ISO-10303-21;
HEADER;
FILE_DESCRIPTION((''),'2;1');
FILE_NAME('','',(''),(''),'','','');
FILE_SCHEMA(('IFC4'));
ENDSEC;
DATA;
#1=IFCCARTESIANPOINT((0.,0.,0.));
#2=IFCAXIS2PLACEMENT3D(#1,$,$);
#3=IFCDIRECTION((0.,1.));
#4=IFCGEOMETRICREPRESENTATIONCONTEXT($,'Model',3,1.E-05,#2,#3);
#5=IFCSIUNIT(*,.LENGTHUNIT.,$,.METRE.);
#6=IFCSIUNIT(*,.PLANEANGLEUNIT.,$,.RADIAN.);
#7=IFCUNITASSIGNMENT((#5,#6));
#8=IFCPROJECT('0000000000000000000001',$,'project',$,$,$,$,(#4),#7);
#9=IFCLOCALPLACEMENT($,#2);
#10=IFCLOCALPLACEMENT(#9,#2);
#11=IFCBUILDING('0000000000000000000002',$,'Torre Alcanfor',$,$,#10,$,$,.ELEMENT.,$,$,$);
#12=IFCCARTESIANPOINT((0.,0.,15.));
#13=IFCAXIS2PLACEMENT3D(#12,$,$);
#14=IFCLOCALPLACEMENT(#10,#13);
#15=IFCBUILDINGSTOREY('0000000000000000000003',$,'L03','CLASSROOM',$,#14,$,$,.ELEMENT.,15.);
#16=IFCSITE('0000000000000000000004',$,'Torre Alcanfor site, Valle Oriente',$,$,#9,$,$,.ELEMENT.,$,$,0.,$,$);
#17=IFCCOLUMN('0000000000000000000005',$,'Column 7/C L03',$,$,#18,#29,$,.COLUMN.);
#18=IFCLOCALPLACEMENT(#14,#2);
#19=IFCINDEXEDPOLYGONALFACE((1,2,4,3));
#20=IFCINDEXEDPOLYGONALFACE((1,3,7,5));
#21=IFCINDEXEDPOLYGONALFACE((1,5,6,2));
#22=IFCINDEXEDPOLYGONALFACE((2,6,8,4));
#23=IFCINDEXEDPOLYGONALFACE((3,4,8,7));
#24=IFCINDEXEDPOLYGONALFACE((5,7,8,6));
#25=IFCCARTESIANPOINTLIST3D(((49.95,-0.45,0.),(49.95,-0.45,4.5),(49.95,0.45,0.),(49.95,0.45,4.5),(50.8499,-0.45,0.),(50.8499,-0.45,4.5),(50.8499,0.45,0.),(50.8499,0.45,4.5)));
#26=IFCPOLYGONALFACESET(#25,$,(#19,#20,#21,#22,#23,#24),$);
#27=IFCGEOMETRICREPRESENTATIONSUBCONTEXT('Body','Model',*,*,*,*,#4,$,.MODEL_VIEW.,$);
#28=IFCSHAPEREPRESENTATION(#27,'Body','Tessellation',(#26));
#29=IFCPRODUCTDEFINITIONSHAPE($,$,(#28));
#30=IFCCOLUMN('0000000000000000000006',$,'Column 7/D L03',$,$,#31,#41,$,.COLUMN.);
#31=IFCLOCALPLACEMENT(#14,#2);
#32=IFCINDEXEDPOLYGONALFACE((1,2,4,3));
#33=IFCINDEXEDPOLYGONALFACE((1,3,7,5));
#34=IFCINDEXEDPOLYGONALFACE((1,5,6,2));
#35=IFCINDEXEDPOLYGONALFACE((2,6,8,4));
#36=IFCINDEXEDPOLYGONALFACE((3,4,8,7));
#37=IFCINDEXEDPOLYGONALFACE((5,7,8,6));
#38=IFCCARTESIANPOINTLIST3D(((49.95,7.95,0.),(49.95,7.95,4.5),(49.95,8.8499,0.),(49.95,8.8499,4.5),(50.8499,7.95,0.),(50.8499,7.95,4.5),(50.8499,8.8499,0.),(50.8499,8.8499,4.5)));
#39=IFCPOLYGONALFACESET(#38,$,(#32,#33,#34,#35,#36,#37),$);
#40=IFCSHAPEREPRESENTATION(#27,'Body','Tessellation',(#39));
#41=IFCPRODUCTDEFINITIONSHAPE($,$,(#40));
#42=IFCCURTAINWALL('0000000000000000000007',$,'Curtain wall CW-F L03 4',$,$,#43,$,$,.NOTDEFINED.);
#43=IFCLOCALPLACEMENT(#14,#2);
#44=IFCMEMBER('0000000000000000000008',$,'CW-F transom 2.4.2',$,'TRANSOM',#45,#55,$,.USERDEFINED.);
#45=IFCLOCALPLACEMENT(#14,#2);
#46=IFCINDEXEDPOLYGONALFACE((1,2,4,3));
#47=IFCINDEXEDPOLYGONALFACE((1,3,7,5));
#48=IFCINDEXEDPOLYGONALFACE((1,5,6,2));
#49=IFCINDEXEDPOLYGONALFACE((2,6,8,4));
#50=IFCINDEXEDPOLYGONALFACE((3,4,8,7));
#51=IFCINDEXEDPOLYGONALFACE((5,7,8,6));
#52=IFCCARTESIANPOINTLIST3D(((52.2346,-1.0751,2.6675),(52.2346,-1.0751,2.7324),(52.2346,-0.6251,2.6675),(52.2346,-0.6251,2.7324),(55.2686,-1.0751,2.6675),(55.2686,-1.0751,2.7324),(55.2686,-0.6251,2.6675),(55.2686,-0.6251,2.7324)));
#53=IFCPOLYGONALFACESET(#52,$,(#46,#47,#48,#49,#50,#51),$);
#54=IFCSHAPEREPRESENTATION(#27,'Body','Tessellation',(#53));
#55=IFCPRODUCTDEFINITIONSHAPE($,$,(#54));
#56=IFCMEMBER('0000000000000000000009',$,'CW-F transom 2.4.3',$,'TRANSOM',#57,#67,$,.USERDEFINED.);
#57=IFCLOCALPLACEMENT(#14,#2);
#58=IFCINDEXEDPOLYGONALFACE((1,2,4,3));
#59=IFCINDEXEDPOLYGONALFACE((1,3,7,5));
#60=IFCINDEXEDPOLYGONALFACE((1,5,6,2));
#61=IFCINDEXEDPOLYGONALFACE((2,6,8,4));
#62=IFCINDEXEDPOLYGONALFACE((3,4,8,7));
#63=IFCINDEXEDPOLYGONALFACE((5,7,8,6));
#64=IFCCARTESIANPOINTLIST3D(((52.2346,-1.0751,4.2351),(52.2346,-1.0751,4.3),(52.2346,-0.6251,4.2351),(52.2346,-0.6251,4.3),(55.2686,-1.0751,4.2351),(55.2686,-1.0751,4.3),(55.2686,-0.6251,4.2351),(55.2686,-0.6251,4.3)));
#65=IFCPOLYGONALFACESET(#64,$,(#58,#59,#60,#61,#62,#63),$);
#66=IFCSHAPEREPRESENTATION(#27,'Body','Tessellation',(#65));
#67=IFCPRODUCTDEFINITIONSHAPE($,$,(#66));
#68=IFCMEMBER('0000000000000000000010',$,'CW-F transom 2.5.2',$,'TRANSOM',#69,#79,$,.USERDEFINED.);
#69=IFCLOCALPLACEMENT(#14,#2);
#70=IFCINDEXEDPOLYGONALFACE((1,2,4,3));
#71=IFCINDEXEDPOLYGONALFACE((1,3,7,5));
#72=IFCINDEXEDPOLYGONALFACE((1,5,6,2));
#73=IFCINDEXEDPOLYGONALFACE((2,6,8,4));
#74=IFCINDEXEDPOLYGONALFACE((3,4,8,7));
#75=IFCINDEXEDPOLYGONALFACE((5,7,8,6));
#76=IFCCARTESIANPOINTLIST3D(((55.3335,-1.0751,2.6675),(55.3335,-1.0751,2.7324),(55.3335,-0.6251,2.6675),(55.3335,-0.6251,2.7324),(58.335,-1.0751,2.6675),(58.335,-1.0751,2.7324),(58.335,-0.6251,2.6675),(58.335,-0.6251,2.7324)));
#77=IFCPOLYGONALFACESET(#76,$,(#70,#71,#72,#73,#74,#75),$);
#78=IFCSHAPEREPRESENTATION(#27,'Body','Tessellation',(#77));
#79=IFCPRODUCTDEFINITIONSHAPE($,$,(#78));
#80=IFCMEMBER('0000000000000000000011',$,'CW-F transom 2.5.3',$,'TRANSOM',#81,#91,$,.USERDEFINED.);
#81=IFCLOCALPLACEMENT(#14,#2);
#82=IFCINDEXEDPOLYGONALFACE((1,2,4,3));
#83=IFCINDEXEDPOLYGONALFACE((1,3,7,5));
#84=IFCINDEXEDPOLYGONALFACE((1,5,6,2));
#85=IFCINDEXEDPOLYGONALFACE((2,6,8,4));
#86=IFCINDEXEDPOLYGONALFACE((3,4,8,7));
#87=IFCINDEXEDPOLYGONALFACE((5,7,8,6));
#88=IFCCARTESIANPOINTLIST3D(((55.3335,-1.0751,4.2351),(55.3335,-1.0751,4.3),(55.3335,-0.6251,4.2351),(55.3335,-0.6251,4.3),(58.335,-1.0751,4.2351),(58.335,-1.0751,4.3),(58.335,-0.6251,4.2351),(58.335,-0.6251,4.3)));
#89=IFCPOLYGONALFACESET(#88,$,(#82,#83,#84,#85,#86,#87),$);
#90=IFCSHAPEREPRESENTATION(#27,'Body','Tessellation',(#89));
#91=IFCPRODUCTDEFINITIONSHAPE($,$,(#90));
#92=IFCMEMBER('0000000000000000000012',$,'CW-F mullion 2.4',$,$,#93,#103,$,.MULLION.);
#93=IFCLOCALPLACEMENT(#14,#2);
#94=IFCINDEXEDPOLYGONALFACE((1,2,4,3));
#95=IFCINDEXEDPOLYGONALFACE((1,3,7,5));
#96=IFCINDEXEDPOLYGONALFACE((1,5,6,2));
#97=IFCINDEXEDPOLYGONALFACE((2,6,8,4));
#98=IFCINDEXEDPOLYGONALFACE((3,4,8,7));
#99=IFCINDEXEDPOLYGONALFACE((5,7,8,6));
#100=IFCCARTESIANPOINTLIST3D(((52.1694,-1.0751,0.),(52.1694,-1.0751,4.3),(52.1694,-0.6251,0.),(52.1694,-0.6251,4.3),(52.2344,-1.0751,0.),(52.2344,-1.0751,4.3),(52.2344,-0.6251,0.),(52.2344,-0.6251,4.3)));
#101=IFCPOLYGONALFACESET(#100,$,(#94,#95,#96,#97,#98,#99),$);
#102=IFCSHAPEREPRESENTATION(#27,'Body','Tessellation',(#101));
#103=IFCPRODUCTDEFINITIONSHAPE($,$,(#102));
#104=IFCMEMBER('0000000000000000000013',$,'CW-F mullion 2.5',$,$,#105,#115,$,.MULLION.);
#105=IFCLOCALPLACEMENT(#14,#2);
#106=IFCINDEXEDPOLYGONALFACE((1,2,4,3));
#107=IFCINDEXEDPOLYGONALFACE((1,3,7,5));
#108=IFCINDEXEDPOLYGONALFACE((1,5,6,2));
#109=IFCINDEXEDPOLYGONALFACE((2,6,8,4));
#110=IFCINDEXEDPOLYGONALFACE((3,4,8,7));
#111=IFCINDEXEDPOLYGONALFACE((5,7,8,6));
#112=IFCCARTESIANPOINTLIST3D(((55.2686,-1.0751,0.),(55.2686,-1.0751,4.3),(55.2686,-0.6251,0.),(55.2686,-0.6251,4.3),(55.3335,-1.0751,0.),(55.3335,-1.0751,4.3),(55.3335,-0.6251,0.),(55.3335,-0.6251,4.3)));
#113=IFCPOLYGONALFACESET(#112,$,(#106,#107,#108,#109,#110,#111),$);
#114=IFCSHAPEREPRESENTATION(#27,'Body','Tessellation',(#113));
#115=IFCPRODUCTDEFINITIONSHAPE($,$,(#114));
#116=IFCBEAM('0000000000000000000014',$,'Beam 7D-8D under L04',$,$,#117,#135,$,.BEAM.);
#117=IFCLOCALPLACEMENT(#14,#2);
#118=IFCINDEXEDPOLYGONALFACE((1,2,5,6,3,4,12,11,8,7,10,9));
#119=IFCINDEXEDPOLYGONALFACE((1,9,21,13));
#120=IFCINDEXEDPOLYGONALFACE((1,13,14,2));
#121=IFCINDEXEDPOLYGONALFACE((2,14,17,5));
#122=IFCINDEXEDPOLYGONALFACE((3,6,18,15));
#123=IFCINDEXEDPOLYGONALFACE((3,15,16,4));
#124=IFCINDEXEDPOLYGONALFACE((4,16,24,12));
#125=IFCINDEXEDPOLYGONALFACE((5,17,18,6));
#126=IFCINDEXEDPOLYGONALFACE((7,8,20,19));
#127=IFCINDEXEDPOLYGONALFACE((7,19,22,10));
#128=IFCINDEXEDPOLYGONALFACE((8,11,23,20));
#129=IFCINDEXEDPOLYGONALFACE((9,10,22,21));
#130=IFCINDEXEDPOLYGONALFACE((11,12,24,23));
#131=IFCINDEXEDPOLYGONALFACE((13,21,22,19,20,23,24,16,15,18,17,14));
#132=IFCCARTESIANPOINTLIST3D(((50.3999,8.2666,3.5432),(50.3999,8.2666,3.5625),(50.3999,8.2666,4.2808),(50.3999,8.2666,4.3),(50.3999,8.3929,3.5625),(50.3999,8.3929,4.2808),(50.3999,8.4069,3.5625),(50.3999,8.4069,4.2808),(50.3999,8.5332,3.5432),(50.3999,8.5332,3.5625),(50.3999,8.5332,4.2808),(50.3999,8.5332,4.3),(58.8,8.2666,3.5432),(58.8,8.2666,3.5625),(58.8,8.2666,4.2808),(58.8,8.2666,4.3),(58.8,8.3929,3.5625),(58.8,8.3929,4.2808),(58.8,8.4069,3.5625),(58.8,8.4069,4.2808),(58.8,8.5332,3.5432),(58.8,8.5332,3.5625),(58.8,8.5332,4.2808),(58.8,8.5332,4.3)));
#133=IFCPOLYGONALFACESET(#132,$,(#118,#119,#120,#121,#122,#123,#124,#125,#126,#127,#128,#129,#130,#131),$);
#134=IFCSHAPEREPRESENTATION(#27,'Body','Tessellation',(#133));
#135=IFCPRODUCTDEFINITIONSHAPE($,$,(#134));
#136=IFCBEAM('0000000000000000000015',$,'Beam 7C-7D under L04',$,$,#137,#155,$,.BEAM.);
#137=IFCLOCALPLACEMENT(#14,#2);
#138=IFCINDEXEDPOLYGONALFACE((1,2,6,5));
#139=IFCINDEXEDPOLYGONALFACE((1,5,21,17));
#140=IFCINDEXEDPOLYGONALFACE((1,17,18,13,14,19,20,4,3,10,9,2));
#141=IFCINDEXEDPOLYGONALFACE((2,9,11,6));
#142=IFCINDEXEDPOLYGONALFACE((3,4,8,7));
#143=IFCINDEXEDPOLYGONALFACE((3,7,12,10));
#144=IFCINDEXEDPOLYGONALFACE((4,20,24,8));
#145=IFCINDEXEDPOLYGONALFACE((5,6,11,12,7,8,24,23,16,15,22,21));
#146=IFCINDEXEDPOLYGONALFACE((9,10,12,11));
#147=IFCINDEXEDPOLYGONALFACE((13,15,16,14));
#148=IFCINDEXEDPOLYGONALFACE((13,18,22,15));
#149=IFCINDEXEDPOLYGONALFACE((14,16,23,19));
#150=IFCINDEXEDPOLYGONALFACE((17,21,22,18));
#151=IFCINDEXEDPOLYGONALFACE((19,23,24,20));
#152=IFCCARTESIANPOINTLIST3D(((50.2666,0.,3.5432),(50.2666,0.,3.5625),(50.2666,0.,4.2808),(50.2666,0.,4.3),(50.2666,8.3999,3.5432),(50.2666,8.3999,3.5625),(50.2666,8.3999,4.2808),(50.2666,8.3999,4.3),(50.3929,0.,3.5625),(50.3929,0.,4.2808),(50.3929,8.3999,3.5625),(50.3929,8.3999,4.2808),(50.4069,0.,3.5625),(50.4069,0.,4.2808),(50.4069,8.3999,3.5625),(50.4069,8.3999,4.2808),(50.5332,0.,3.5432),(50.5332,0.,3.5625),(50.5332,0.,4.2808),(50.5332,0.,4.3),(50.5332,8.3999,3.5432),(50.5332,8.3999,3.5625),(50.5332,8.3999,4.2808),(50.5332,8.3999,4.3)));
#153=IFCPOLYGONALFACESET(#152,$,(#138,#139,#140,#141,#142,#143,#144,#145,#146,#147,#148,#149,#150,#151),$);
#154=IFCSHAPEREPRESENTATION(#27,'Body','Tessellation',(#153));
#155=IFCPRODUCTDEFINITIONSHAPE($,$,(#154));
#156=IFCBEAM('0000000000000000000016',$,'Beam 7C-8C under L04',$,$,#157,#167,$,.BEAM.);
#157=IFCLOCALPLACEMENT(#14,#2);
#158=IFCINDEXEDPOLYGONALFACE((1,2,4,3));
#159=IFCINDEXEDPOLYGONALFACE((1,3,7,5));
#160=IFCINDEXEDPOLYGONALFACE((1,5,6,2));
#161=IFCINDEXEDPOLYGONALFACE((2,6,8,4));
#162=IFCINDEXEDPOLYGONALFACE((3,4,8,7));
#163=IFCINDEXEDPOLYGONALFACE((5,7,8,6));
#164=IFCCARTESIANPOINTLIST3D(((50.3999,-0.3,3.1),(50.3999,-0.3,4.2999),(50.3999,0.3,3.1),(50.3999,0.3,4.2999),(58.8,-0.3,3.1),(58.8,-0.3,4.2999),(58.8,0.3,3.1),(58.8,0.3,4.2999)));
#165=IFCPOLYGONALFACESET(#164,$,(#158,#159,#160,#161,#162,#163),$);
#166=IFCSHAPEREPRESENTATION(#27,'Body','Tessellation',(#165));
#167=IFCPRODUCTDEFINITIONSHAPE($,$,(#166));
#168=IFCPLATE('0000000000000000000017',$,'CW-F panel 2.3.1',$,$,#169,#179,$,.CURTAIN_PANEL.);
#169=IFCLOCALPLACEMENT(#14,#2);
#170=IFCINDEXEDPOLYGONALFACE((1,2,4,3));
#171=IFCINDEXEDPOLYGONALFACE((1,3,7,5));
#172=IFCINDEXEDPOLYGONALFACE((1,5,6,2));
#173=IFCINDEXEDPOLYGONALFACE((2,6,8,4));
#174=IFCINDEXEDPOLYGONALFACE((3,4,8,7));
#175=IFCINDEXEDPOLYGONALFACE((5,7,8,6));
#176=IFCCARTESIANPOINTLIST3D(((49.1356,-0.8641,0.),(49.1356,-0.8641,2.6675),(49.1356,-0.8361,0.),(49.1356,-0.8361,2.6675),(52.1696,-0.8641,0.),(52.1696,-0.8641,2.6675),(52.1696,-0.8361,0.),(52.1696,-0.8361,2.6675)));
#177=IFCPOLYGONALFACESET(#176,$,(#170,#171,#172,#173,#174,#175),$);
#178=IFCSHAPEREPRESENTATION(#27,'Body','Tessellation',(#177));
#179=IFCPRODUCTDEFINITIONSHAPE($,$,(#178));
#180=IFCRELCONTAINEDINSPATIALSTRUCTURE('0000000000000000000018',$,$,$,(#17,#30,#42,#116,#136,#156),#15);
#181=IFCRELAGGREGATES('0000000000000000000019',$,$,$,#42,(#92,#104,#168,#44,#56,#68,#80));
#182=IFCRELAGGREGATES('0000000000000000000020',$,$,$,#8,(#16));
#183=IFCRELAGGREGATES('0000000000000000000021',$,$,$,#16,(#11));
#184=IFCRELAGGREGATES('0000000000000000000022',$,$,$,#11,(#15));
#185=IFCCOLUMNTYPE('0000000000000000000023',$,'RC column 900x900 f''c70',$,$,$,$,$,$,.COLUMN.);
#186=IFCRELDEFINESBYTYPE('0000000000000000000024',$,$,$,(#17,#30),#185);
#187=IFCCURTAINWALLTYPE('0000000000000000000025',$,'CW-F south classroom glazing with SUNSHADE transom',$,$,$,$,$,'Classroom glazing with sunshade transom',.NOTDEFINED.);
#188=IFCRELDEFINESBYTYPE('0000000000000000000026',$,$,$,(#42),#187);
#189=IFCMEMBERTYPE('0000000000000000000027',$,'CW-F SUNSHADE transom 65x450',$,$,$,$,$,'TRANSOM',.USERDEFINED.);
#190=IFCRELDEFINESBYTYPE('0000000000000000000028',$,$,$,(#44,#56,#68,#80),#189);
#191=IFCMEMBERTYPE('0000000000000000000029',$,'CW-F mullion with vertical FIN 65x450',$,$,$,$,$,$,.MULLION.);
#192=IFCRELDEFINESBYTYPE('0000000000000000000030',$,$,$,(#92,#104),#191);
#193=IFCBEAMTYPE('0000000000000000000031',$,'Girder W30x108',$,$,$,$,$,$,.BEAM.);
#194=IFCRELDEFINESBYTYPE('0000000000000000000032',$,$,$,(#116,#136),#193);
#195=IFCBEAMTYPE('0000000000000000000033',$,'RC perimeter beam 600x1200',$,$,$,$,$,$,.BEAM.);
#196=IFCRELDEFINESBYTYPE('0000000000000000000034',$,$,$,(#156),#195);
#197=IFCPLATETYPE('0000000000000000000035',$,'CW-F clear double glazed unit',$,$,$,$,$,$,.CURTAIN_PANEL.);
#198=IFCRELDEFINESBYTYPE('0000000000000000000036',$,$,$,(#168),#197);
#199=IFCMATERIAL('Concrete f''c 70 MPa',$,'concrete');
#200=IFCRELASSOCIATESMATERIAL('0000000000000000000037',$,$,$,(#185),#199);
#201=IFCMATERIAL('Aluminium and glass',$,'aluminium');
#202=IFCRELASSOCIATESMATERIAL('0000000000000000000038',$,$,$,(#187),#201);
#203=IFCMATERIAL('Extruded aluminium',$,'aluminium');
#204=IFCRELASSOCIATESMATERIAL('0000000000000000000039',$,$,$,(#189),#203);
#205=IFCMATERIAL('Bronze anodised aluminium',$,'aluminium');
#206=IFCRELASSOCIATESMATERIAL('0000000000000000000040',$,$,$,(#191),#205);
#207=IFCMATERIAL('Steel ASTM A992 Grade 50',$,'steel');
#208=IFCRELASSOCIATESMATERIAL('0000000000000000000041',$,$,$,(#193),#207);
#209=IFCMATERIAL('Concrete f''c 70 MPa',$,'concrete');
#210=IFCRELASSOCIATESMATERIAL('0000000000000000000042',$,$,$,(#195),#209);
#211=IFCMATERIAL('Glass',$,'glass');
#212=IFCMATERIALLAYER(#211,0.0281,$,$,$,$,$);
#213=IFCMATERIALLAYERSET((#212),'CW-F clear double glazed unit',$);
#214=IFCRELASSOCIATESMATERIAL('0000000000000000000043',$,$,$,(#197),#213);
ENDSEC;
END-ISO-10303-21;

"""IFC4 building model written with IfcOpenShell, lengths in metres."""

from ifc_helpers import new_model, si_unit, direction, frame, origin, origin_2d, place, context, subcontext, project, spatial, rectangle, i_section, extrude, material, layer, layer_set, material_profile, profile_set, type_object, element, aggregate, save


model = new_model("IFC4")

# Units and contexts
model_context = context("Model", 3, precision=1e-05, world=origin(), true_north=direction((0.0, 1.0)))
body_context = subcontext(model_context, "Body", "Model", "MODEL_VIEW")
ifc_project = project(units=[si_unit("LENGTHUNIT", "METRE"), si_unit("PLANEANGLEUNIT", "RADIAN")], contexts=[model_context])

# Site, building, storey
site_placement = place(None, origin())
site = spatial("IfcSite", under=ifc_project, at=site_placement, Name="Torre Alcanfor site, Valle Oriente", CompositionType="ELEMENT", RefElevation=0.0)
building_placement = place(site_placement, origin())
building = spatial("IfcBuilding", under=site, at=building_placement, Name="Torre Alcanfor", CompositionType="ELEMENT")
storey_placement = place(building_placement, frame((0.0, 0.0, 15.0)))
storey = spatial("IfcBuildingStorey", under=building, at=storey_placement, Name="L03", Description="CLASSROOM", CompositionType="ELEMENT", Elevation=15.0)

# Columns
ifc_material_1 = material(Name="Concrete f'c 70 MPa", Category="concrete")
ifc_material_profile_1 = material_profile(ifc_material_1, rectangle(XDim=0.8999, YDim=0.8999, at=origin_2d()), Name="900x900")
ifc_profile_set_1 = profile_set([ifc_material_profile_1], Name="Concrete f'c 70 MPa")
column_type = type_object("IfcColumnType", Name="RC column 900x900 f'c70", PredefinedType="COLUMN", material=ifc_profile_set_1)
for number, where, z_axis, x_axis, name in (
    (1, (50.3999, 0.0, 0.0), (0.0, 0.0, 1.0), (1.0, 0.0, 0.0), "Column 7/C L03"),
    (2, (50.3999, 8.3999, 0.0), (0.0, 0.0, 1.0), (1.0, 0.0, 0.0), "Column 7/D L03"),
):
    element("IfcColumn", number, at=place(storey_placement, frame(where, z_axis=z_axis, x_axis=x_axis)), inside=storey, type_object=column_type, Name=name, PredefinedType="COLUMN", context=body_context, shape_type="SweptSolid", body=[
        extrude(rectangle(XDim=0.8999, YDim=0.8999, at=origin_2d()), origin(), (0.0, 0.0, 1.0), 4.5),
    ])

# Curtain wall, members
ifc_material_2 = material(Name="Aluminium and glass", Category="aluminium")
curtain_wall_type = type_object("IfcCurtainWallType", Name="CW-F south classroom glazing with SUNSHADE transom", ElementType="Classroom glazing with sunshade transom", PredefinedType="NOTDEFINED", material=ifc_material_2)
curtain_wall_placement = place(storey_placement, origin())
curtain_wall = element("IfcCurtainWall", 3, at=curtain_wall_placement, inside=storey, type_object=curtain_wall_type, Name="Curtain wall CW-F L03 4", PredefinedType="NOTDEFINED")
ifc_material_3 = material(Name="Extruded aluminium", Category="aluminium")
ifc_material_profile_2 = material_profile(ifc_material_3, rectangle(XDim=0.45, YDim=0.0649, at=origin_2d()), Name="CW-F transom 450x65")
ifc_profile_set_2 = profile_set([ifc_material_profile_2], Name="Extruded aluminium")
member_type_1 = type_object("IfcMemberType", Name="CW-F SUNSHADE transom 65x450", ElementType="TRANSOM", PredefinedType="USERDEFINED", material=ifc_profile_set_2)
member_1_placement = place(storey_placement, frame((52.2346, -0.8501, 2.7), z_axis=(1.0, 0.0, 0.0), x_axis=(0.0, 1.0, 0.0)))
member_1 = element("IfcMember", 4, at=member_1_placement, type_object=member_type_1, Name="CW-F transom 2.4.2", ObjectType="TRANSOM", PredefinedType="USERDEFINED", context=body_context, shape_type="SweptSolid", body=[
    extrude(rectangle(XDim=0.45, YDim=0.0649, at=origin_2d()), origin(), (0.0, 0.0, 1.0), 3.0339),
])
member_2_placement = place(storey_placement, frame((52.2346, -0.8501, 4.2676), z_axis=(1.0, 0.0, 0.0), x_axis=(0.0, 1.0, 0.0)))
member_2 = element("IfcMember", 5, at=member_2_placement, type_object=member_type_1, Name="CW-F transom 2.4.3", ObjectType="TRANSOM", PredefinedType="USERDEFINED", context=body_context, shape_type="SweptSolid", body=[
    extrude(rectangle(XDim=0.45, YDim=0.0649, at=origin_2d()), origin(), (0.0, 0.0, 1.0), 3.0339),
])
member_3_placement = place(storey_placement, frame((55.3335, -0.8501, 2.7), z_axis=(1.0, 0.0, 0.0), x_axis=(0.0, 1.0, 0.0)))
member_3 = element("IfcMember", 6, at=member_3_placement, type_object=member_type_1, Name="CW-F transom 2.5.2", ObjectType="TRANSOM", PredefinedType="USERDEFINED", context=body_context, shape_type="SweptSolid", body=[
    extrude(rectangle(XDim=0.45, YDim=0.0649, at=origin_2d()), origin(), (0.0, 0.0, 1.0), 3.0015),
])
member_4_placement = place(storey_placement, frame((55.3335, -0.8501, 4.2676), z_axis=(1.0, 0.0, 0.0), x_axis=(0.0, 1.0, 0.0)))
member_4 = element("IfcMember", 7, at=member_4_placement, type_object=member_type_1, Name="CW-F transom 2.5.3", ObjectType="TRANSOM", PredefinedType="USERDEFINED", context=body_context, shape_type="SweptSolid", body=[
    extrude(rectangle(XDim=0.45, YDim=0.0649, at=origin_2d()), origin(), (0.0, 0.0, 1.0), 3.0015),
])
ifc_material_4 = material(Name="Bronze anodised aluminium", Category="aluminium")
ifc_material_profile_3 = material_profile(ifc_material_4, rectangle(XDim=0.45, YDim=0.0649, at=origin_2d()), Name="CW-F mullion 65x450")
ifc_profile_set_3 = profile_set([ifc_material_profile_3], Name="Bronze anodised aluminium")
member_type_2 = type_object("IfcMemberType", Name="CW-F mullion with vertical FIN 65x450", PredefinedType="MULLION", material=ifc_profile_set_3)
member_5_placement = place(storey_placement, frame((52.2019, -0.8501, 0.0), z_axis=(0.0, 0.0, 1.0), x_axis=(0.0, 1.0, 0.0)))
member_5 = element("IfcMember", 8, at=member_5_placement, type_object=member_type_2, Name="CW-F mullion 2.4", PredefinedType="MULLION", context=body_context, shape_type="SweptSolid", body=[
    extrude(rectangle(XDim=0.45, YDim=0.0649, at=origin_2d()), origin(), (0.0, 0.0, 1.0), 4.3),
])
member_6_placement = place(storey_placement, frame((55.301, -0.8501, 0.0), z_axis=(0.0, 0.0, 1.0), x_axis=(0.0, 1.0, 0.0)))
member_6 = element("IfcMember", 9, at=member_6_placement, type_object=member_type_2, Name="CW-F mullion 2.5", PredefinedType="MULLION", context=body_context, shape_type="SweptSolid", body=[
    extrude(rectangle(XDim=0.45, YDim=0.0649, at=origin_2d()), origin(), (0.0, 0.0, 1.0), 4.3),
])

# Beams
ifc_material_5 = material(Name="Steel ASTM A992 Grade 50", Category="steel")
ifc_material_profile_4 = material_profile(ifc_material_5, i_section(OverallWidth=0.2666, OverallDepth=0.7568, WebThickness=0.0139, FlangeThickness=0.0193, at=origin_2d()), Name="W30x108")
ifc_profile_set_4 = profile_set([ifc_material_profile_4], Name="Steel ASTM A992 Grade 50")
beam_type_1 = type_object("IfcBeamType", Name="Girder W30x108", PredefinedType="BEAM", material=ifc_profile_set_4)
beam_1_placement = place(storey_placement, frame((50.3999, 8.3999, 3.9216), z_axis=(1.0, 0.0, 0.0), x_axis=(0.0, 1.0, 0.0)))
element("IfcBeam", 10, at=beam_1_placement, inside=storey, type_object=beam_type_1, Name="Beam 7D-8D under L04", PredefinedType="BEAM", context=body_context, shape_type="SweptSolid", body=[
    extrude(i_section(OverallWidth=0.2666, OverallDepth=0.7568, WebThickness=0.0139, FlangeThickness=0.0193, at=origin_2d()), origin(), (0.0, 0.0, 1.0), 8.4001),
])
beam_2_placement = place(storey_placement, frame((50.3999, 0.0, 3.9216), z_axis=(0.0, 1.0, 0.0), x_axis=(-1.0, 0.0, 0.0)))
element("IfcBeam", 11, at=beam_2_placement, inside=storey, type_object=beam_type_1, Name="Beam 7C-7D under L04", PredefinedType="BEAM", context=body_context, shape_type="SweptSolid", body=[
    extrude(i_section(OverallWidth=0.2666, OverallDepth=0.7568, WebThickness=0.0139, FlangeThickness=0.0193, at=origin_2d()), origin(), (0.0, 0.0, 1.0), 8.3999),
])
ifc_material_6 = material(Name="Concrete f'c 70 MPa", Category="concrete")
ifc_material_profile_5 = material_profile(ifc_material_6, rectangle(XDim=0.6001, YDim=1.2, at=origin_2d()), Name="600x1200")
ifc_profile_set_5 = profile_set([ifc_material_profile_5], Name="Concrete f'c 70 MPa")
beam_type_2 = type_object("IfcBeamType", Name="RC perimeter beam 600x1200", PredefinedType="BEAM", material=ifc_profile_set_5)
beam_3_placement = place(storey_placement, frame((50.3999, 0.0, 3.7), z_axis=(1.0, 0.0, 0.0), x_axis=(0.0, 1.0, 0.0)))
element("IfcBeam", 12, at=beam_3_placement, inside=storey, type_object=beam_type_2, Name="Beam 7C-8C under L04", PredefinedType="BEAM", context=body_context, shape_type="SweptSolid", body=[
    extrude(rectangle(XDim=0.6001, YDim=1.2, at=origin_2d()), origin(), (0.0, 0.0, 1.0), 8.4001),
])

# Plate
ifc_material_7 = material(Name="Glass", Category="glass")
ifc_layer_1 = layer(ifc_material_7, 0.0281)
ifc_layer_set_1 = layer_set([ifc_layer_1], Name="CW-F clear double glazed unit")
plate_type = type_object("IfcPlateType", Name="CW-F clear double glazed unit", PredefinedType="CURTAIN_PANEL", material=ifc_layer_set_1)
plate_1_placement = place(storey_placement, frame((50.6526, -0.8501, 0.0), z_axis=(0.0, 0.0, 1.0), x_axis=(1.0, 0.0, 0.0)))
plate_1 = element("IfcPlate", 13, at=plate_1_placement, type_object=plate_type, Name="CW-F panel 2.3.1", PredefinedType="CURTAIN_PANEL", context=body_context, shape_type="SweptSolid", body=[
    extrude(rectangle(XDim=3.0339, YDim=0.0281, at=origin_2d()), origin(), (0.0, 0.0, 1.0), 2.6675),
])
aggregate(curtain_wall, [member_5, member_6, plate_1, member_1, member_2, member_3, member_4])

save(model, "model.ifc")
